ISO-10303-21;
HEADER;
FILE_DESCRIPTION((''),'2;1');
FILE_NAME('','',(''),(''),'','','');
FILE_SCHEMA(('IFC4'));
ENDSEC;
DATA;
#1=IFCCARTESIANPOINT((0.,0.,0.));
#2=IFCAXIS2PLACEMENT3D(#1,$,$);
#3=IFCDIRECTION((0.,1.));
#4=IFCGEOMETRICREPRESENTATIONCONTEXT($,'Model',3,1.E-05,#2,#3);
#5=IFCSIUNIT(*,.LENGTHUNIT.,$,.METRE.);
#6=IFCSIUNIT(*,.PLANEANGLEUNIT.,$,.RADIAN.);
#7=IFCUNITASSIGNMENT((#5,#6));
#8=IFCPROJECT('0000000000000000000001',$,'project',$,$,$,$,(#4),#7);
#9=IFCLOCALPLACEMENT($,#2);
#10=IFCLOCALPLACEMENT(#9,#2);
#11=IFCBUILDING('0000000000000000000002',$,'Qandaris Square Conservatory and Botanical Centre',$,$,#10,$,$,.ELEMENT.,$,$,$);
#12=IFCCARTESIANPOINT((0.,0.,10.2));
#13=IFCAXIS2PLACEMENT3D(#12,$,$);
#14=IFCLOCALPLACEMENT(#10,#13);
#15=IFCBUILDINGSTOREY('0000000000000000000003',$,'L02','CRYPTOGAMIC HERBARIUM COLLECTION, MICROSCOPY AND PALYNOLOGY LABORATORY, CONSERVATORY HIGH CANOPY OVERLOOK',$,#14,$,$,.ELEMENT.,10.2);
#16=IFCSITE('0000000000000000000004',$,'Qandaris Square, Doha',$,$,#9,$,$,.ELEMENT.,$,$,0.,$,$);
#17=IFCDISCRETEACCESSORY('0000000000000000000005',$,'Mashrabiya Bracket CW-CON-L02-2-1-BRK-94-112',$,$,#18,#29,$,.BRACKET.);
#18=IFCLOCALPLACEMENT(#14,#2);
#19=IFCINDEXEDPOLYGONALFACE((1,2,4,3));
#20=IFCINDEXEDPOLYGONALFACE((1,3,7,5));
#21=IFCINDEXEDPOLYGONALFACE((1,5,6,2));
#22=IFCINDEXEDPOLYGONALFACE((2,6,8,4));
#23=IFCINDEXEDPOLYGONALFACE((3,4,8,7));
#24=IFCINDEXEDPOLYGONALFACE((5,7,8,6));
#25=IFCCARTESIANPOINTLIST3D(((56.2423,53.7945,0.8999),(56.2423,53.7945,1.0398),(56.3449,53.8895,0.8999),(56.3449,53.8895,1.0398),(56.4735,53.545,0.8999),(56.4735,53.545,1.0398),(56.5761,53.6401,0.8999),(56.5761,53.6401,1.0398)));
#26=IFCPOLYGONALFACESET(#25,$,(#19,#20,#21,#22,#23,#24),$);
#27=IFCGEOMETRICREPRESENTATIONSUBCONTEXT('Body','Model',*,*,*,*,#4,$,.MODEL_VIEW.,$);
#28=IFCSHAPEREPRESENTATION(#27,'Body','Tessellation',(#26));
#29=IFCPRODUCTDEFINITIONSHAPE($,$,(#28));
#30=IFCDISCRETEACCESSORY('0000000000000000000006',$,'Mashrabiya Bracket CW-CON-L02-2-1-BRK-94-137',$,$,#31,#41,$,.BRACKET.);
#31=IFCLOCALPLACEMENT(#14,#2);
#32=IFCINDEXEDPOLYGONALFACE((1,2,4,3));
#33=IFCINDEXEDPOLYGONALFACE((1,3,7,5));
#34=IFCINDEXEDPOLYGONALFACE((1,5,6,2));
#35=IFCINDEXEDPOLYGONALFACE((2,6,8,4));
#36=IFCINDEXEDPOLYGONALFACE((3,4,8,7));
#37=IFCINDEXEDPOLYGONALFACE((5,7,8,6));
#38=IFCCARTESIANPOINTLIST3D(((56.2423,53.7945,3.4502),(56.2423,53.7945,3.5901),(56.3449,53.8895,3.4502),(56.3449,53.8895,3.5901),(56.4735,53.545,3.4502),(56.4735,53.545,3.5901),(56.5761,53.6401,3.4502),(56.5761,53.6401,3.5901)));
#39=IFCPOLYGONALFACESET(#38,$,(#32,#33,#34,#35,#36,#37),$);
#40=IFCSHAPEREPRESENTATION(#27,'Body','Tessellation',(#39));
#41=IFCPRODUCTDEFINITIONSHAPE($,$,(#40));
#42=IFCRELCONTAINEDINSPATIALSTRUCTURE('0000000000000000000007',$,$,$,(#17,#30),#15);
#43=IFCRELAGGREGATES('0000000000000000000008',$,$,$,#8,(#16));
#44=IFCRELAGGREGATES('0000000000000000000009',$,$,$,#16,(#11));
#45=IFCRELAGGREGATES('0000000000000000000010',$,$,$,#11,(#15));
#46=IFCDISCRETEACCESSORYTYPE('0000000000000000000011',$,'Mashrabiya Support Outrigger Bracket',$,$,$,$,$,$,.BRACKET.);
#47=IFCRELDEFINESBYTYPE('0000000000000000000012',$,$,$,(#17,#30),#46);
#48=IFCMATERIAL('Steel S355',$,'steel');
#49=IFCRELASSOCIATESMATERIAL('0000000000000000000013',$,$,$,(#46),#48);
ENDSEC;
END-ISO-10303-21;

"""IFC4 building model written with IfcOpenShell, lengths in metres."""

from ifc_helpers import new_model, si_unit, direction, frame, origin, origin_2d, place, context, subcontext, project, spatial, rectangle, extrude, material, type_object, element, save


model = new_model("IFC4")

# Units and contexts
model_context = context("Model", 3, precision=1e-05, world=origin(), true_north=direction((0.0, 1.0)))
body_context = subcontext(model_context, "Body", "Model", "MODEL_VIEW")
ifc_project = project(units=[si_unit("LENGTHUNIT", "METRE"), si_unit("PLANEANGLEUNIT", "RADIAN")], contexts=[model_context])

# Site, building, storey
site_placement = place(None, origin())
site = spatial("IfcSite", under=ifc_project, at=site_placement, Name="Qandaris Square, Doha", CompositionType="ELEMENT", RefElevation=0.0)
building_placement = place(site_placement, origin())
building = spatial("IfcBuilding", under=site, at=building_placement, Name="Qandaris Square Conservatory and Botanical Centre", CompositionType="ELEMENT")
storey_placement = place(building_placement, frame((0.0, 0.0, 10.2)))
storey = spatial("IfcBuildingStorey", under=building, at=storey_placement, Name="L02", Description="CRYPTOGAMIC HERBARIUM COLLECTION, MICROSCOPY AND PALYNOLOGY LABORATORY, CONSERVATORY HIGH CANOPY OVERLOOK", CompositionType="ELEMENT", Elevation=10.2)

# Shared definitions
ifc_material_1 = material(Name="Steel S355", Category="steel")

# Discrete accessories
discrete_accessory_type = type_object("IfcDiscreteAccessoryType", Name="Mashrabiya Support Outrigger Bracket", PredefinedType="BRACKET", material=ifc_material_1)
for number, where, z_axis, x_axis, name in (
    (1, (56.4092, 53.7173, 0.8999), (0.0, 0.0, 1.0), (0.733433, 0.679762, 0.0), "Mashrabiya Bracket CW-CON-L02-2-1-BRK-94-112"),
    (2, (56.4092, 53.7173, 3.4502), (0.0, 0.0, 1.0), (0.733433, 0.679762, 0.0), "Mashrabiya Bracket CW-CON-L02-2-1-BRK-94-137"),
):
    element("IfcDiscreteAccessory", number, at=place(storey_placement, frame(where, z_axis=z_axis, x_axis=x_axis)), inside=storey, type_object=discrete_accessory_type, Name=name, PredefinedType="BRACKET", context=body_context, shape_type="SweptSolid", body=[
        extrude(rectangle(XDim=0.1399, YDim=0.3401, at=origin_2d()), origin(), (0.0, 0.0, 1.0), 0.1399),
    ])

save(model, "model.ifc")
